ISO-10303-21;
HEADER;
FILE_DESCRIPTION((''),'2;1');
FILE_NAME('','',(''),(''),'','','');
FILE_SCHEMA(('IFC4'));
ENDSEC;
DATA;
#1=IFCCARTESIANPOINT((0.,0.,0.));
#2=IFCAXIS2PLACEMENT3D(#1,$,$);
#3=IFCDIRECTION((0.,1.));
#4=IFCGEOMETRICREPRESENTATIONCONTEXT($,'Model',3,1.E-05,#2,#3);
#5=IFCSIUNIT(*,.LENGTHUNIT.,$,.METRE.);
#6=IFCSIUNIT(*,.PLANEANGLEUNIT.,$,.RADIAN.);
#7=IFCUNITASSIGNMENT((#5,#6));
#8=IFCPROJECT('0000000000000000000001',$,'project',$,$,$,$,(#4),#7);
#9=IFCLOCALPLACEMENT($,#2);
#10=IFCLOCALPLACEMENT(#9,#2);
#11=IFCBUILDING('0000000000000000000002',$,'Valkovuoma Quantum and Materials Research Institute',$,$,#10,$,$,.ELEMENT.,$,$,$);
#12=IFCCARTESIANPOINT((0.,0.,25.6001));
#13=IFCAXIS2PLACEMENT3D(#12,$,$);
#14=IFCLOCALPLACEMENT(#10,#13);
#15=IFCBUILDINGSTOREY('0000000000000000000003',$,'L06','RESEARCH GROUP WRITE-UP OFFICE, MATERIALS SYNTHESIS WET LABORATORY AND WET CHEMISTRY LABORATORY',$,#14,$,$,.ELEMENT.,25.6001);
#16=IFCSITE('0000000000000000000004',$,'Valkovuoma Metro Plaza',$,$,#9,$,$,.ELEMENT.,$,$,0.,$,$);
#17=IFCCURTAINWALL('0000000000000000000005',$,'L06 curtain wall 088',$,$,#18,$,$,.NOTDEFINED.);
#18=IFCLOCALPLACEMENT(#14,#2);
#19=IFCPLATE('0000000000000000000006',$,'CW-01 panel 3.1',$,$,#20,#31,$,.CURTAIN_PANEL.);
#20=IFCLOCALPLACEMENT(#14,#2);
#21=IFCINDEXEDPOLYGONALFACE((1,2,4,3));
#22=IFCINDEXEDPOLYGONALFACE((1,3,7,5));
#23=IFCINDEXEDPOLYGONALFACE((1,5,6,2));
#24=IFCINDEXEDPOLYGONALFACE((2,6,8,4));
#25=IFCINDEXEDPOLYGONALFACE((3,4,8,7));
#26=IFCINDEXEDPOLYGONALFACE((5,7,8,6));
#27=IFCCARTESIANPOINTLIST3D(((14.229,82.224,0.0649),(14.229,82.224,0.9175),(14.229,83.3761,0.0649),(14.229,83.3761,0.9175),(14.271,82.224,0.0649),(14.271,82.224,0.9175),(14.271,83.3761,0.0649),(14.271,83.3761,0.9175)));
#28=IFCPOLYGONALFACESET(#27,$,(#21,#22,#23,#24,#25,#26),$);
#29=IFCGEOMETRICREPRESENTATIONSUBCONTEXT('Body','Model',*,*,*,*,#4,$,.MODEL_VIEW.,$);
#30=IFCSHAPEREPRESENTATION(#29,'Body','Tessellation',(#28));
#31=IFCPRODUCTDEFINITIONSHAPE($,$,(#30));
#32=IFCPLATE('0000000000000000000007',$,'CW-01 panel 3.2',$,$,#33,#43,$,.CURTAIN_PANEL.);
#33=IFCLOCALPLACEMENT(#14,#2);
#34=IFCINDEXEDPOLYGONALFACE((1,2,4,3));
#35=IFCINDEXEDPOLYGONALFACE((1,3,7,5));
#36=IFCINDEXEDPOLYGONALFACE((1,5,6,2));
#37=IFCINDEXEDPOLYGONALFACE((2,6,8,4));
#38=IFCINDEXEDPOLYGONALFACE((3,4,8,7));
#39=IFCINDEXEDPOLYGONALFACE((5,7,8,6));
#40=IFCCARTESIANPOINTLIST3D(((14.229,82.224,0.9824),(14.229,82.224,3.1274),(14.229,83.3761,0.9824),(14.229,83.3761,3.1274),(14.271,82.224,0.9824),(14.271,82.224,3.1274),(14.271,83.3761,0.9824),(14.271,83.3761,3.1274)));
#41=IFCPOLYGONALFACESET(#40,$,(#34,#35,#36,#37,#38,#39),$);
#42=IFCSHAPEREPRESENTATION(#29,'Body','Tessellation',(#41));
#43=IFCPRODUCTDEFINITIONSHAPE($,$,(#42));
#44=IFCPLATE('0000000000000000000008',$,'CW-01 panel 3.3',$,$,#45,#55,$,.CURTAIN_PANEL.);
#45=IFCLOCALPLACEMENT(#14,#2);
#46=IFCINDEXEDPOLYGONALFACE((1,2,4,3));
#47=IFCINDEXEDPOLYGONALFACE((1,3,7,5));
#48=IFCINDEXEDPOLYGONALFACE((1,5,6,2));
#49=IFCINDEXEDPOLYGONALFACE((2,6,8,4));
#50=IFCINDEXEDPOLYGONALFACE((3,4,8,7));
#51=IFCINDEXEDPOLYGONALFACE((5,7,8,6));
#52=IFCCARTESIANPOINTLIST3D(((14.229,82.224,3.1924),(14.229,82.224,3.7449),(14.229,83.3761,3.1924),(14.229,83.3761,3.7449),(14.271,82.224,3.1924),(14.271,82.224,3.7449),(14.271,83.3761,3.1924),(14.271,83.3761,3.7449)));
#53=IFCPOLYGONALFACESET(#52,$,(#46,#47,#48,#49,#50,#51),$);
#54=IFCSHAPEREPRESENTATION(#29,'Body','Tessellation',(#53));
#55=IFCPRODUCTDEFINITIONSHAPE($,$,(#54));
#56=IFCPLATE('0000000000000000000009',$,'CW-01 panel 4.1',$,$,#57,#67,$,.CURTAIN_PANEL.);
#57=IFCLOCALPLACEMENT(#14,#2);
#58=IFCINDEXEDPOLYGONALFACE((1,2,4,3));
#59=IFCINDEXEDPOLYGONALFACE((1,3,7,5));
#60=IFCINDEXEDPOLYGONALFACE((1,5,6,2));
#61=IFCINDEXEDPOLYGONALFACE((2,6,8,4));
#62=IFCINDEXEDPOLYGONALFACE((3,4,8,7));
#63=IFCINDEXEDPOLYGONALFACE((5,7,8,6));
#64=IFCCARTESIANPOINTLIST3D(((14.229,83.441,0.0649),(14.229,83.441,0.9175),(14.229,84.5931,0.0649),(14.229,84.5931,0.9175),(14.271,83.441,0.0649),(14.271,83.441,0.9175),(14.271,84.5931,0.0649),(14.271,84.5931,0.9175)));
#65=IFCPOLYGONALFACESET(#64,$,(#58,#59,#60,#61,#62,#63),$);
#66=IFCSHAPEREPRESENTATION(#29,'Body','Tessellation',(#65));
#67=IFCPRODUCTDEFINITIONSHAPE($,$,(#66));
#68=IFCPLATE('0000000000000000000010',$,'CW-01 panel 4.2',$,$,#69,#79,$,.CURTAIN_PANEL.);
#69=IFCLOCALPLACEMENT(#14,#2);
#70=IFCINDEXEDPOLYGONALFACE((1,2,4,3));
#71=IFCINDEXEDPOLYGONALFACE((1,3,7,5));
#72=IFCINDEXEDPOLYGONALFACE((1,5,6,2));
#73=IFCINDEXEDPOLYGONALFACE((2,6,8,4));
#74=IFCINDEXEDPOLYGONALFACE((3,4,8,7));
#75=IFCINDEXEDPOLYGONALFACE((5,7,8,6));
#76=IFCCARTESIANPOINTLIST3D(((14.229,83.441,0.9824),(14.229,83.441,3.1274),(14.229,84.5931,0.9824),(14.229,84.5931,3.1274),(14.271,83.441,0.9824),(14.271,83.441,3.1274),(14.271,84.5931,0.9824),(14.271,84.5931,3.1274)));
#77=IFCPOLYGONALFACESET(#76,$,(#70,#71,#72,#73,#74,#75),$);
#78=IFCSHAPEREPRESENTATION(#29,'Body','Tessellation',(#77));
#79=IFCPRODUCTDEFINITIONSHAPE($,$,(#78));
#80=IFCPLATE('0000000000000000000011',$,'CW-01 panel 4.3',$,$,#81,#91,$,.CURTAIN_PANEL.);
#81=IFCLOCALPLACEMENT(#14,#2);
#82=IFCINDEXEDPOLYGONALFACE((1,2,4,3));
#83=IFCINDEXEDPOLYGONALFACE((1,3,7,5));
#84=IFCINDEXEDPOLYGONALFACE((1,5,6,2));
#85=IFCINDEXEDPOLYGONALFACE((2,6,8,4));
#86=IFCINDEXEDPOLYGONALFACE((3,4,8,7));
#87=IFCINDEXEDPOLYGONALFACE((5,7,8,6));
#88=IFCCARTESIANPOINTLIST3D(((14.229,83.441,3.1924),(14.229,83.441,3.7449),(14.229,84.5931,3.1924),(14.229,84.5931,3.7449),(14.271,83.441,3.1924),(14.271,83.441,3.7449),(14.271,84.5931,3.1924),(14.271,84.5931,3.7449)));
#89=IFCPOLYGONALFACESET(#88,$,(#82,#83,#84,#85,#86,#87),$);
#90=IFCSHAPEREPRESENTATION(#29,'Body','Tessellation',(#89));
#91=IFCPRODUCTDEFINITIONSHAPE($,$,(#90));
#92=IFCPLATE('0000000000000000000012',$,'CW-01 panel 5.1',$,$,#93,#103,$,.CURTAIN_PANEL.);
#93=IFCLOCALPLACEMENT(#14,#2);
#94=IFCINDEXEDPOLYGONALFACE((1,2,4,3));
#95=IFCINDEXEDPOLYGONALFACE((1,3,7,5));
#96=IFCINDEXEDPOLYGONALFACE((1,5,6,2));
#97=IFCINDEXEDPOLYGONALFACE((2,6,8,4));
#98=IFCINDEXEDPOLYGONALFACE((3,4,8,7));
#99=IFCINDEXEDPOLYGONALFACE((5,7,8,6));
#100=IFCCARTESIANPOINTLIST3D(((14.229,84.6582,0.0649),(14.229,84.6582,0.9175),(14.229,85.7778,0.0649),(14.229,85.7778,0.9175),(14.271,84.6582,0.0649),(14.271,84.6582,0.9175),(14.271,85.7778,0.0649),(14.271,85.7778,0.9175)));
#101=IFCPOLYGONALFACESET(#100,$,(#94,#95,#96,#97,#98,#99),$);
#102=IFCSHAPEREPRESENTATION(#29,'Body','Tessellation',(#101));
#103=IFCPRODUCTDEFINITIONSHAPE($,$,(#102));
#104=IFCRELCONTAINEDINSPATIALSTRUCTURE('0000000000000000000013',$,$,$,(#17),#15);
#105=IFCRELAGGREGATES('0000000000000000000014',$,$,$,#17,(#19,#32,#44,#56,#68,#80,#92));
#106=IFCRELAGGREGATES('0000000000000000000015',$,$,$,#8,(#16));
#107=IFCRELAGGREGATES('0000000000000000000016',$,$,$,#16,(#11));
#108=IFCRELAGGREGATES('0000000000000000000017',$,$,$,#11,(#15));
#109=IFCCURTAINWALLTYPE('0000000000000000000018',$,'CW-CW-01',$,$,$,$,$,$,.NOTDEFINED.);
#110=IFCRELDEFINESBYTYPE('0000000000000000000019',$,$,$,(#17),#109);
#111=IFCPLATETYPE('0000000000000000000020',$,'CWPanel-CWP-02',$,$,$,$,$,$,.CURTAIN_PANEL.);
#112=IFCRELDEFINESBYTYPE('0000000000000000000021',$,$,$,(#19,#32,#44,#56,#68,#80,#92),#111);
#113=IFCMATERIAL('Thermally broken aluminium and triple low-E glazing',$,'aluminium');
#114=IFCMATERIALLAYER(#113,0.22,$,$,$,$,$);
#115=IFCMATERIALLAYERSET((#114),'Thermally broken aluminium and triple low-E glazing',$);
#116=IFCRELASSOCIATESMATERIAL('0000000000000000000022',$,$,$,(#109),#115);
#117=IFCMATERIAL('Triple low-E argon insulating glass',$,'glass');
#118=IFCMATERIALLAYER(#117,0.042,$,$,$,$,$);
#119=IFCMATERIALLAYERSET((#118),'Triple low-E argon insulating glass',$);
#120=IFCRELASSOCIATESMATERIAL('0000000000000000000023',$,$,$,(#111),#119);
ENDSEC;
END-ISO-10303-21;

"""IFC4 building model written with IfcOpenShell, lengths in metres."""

from ifc_helpers import new_model, si_unit, direction, frame, origin, origin_2d, place, context, subcontext, project, spatial, rectangle, extrude, material, layer, layer_set, type_object, element, aggregate, save


model = new_model("IFC4")

# Units and contexts
model_context = context("Model", 3, precision=1e-05, world=origin(), true_north=direction((0.0, 1.0)))
body_context = subcontext(model_context, "Body", "Model", "MODEL_VIEW")
ifc_project = project(units=[si_unit("LENGTHUNIT", "METRE"), si_unit("PLANEANGLEUNIT", "RADIAN")], contexts=[model_context])

# Site, building, storey
site_placement = place(None, origin())
site = spatial("IfcSite", under=ifc_project, at=site_placement, Name="Valkovuoma Metro Plaza", CompositionType="ELEMENT", RefElevation=0.0)
building_placement = place(site_placement, origin())
building = spatial("IfcBuilding", under=site, at=building_placement, Name="Valkovuoma Quantum and Materials Research Institute", CompositionType="ELEMENT")
storey_placement = place(building_placement, frame((0.0, 0.0, 25.6001)))
storey = spatial("IfcBuildingStorey", under=building, at=storey_placement, Name="L06", Description="RESEARCH GROUP WRITE-UP OFFICE, MATERIALS SYNTHESIS WET LABORATORY AND WET CHEMISTRY LABORATORY", CompositionType="ELEMENT", Elevation=25.6001)

# Curtain wall, plates
ifc_material_1 = material(Name="Thermally broken aluminium and triple low-E glazing", Category="aluminium")
ifc_layer_1 = layer(ifc_material_1, 0.22)
ifc_layer_set_1 = layer_set([ifc_layer_1], Name="Thermally broken aluminium and triple low-E glazing")
curtain_wall_type = type_object("IfcCurtainWallType", Name="CW-CW-01", PredefinedType="NOTDEFINED", material=ifc_layer_set_1)
curtain_wall_placement = place(storey_placement, origin())
curtain_wall = element("IfcCurtainWall", 1, at=curtain_wall_placement, inside=storey, type_object=curtain_wall_type, Name="L06 curtain wall 088", PredefinedType="NOTDEFINED")
ifc_material_2 = material(Name="Triple low-E argon insulating glass", Category="glass")
ifc_layer_2 = layer(ifc_material_2, 0.042)
ifc_layer_set_2 = layer_set([ifc_layer_2], Name="Triple low-E argon insulating glass")
plate_type = type_object("IfcPlateType", Name="CWPanel-CWP-02", PredefinedType="CURTAIN_PANEL", material=ifc_layer_set_2)
plate_1_placement = place(storey_placement, frame((14.25, 82.8, 0.0649), z_axis=(0.0, 0.0, 1.0), x_axis=(0.0, 1.0, 0.0)))
plate_1 = element("IfcPlate", 2, at=plate_1_placement, type_object=plate_type, Name="CW-01 panel 3.1", PredefinedType="CURTAIN_PANEL", context=body_context, shape_type="SweptSolid", body=[
    extrude(rectangle(XDim=1.1521, YDim=0.042, at=origin_2d()), origin(), (0.0, 0.0, 1.0), 0.8525),
])
plate_2_placement = place(storey_placement, frame((14.25, 82.8, 0.9824), z_axis=(0.0, 0.0, 1.0), x_axis=(0.0, 1.0, 0.0)))
plate_2 = element("IfcPlate", 3, at=plate_2_placement, type_object=plate_type, Name="CW-01 panel 3.2", PredefinedType="CURTAIN_PANEL", context=body_context, shape_type="SweptSolid", body=[
    extrude(rectangle(XDim=1.1521, YDim=0.042, at=origin_2d()), origin(), (0.0, 0.0, 1.0), 2.145),
])
plate_3_placement = place(storey_placement, frame((14.25, 82.8, 3.1924), z_axis=(0.0, 0.0, 1.0), x_axis=(0.0, 1.0, 0.0)))
plate_3 = element("IfcPlate", 4, at=plate_3_placement, type_object=plate_type, Name="CW-01 panel 3.3", PredefinedType="CURTAIN_PANEL", context=body_context, shape_type="SweptSolid", body=[
    extrude(rectangle(XDim=1.1521, YDim=0.042, at=origin_2d()), origin(), (0.0, 0.0, 1.0), 0.5525),
])
plate_4_placement = place(storey_placement, frame((14.25, 84.0171, 0.0649), z_axis=(0.0, 0.0, 1.0), x_axis=(0.0, 1.0, 0.0)))
plate_4 = element("IfcPlate", 5, at=plate_4_placement, type_object=plate_type, Name="CW-01 panel 4.1", PredefinedType="CURTAIN_PANEL", context=body_context, shape_type="SweptSolid", body=[
    extrude(rectangle(XDim=1.1521, YDim=0.042, at=origin_2d()), origin(), (0.0, 0.0, 1.0), 0.8525),
])
plate_5_placement = place(storey_placement, frame((14.25, 84.0171, 0.9824), z_axis=(0.0, 0.0, 1.0), x_axis=(0.0, 1.0, 0.0)))
plate_5 = element("IfcPlate", 6, at=plate_5_placement, type_object=plate_type, Name="CW-01 panel 4.2", PredefinedType="CURTAIN_PANEL", context=body_context, shape_type="SweptSolid", body=[
    extrude(rectangle(XDim=1.1521, YDim=0.042, at=origin_2d()), origin(), (0.0, 0.0, 1.0), 2.145),
])
plate_6_placement = place(storey_placement, frame((14.25, 84.0171, 3.1924), z_axis=(0.0, 0.0, 1.0), x_axis=(0.0, 1.0, 0.0)))
plate_6 = element("IfcPlate", 7, at=plate_6_placement, type_object=plate_type, Name="CW-01 panel 4.3", PredefinedType="CURTAIN_PANEL", context=body_context, shape_type="SweptSolid", body=[
    extrude(rectangle(XDim=1.1521, YDim=0.042, at=origin_2d()), origin(), (0.0, 0.0, 1.0), 0.5525),
])
plate_7_placement = place(storey_placement, frame((14.25, 85.218, 0.0649), z_axis=(0.0, 0.0, 1.0), x_axis=(0.0, 1.0, 0.0)))
plate_7 = element("IfcPlate", 8, at=plate_7_placement, type_object=plate_type, Name="CW-01 panel 5.1", PredefinedType="CURTAIN_PANEL", context=body_context, shape_type="SweptSolid", body=[
    extrude(rectangle(XDim=1.1196, YDim=0.042, at=origin_2d()), origin(), (0.0, 0.0, 1.0), 0.8525),
])
aggregate(curtain_wall, [plate_1, plate_2, plate_3, plate_4, plate_5, plate_6, plate_7])

save(model, "model.ifc")
